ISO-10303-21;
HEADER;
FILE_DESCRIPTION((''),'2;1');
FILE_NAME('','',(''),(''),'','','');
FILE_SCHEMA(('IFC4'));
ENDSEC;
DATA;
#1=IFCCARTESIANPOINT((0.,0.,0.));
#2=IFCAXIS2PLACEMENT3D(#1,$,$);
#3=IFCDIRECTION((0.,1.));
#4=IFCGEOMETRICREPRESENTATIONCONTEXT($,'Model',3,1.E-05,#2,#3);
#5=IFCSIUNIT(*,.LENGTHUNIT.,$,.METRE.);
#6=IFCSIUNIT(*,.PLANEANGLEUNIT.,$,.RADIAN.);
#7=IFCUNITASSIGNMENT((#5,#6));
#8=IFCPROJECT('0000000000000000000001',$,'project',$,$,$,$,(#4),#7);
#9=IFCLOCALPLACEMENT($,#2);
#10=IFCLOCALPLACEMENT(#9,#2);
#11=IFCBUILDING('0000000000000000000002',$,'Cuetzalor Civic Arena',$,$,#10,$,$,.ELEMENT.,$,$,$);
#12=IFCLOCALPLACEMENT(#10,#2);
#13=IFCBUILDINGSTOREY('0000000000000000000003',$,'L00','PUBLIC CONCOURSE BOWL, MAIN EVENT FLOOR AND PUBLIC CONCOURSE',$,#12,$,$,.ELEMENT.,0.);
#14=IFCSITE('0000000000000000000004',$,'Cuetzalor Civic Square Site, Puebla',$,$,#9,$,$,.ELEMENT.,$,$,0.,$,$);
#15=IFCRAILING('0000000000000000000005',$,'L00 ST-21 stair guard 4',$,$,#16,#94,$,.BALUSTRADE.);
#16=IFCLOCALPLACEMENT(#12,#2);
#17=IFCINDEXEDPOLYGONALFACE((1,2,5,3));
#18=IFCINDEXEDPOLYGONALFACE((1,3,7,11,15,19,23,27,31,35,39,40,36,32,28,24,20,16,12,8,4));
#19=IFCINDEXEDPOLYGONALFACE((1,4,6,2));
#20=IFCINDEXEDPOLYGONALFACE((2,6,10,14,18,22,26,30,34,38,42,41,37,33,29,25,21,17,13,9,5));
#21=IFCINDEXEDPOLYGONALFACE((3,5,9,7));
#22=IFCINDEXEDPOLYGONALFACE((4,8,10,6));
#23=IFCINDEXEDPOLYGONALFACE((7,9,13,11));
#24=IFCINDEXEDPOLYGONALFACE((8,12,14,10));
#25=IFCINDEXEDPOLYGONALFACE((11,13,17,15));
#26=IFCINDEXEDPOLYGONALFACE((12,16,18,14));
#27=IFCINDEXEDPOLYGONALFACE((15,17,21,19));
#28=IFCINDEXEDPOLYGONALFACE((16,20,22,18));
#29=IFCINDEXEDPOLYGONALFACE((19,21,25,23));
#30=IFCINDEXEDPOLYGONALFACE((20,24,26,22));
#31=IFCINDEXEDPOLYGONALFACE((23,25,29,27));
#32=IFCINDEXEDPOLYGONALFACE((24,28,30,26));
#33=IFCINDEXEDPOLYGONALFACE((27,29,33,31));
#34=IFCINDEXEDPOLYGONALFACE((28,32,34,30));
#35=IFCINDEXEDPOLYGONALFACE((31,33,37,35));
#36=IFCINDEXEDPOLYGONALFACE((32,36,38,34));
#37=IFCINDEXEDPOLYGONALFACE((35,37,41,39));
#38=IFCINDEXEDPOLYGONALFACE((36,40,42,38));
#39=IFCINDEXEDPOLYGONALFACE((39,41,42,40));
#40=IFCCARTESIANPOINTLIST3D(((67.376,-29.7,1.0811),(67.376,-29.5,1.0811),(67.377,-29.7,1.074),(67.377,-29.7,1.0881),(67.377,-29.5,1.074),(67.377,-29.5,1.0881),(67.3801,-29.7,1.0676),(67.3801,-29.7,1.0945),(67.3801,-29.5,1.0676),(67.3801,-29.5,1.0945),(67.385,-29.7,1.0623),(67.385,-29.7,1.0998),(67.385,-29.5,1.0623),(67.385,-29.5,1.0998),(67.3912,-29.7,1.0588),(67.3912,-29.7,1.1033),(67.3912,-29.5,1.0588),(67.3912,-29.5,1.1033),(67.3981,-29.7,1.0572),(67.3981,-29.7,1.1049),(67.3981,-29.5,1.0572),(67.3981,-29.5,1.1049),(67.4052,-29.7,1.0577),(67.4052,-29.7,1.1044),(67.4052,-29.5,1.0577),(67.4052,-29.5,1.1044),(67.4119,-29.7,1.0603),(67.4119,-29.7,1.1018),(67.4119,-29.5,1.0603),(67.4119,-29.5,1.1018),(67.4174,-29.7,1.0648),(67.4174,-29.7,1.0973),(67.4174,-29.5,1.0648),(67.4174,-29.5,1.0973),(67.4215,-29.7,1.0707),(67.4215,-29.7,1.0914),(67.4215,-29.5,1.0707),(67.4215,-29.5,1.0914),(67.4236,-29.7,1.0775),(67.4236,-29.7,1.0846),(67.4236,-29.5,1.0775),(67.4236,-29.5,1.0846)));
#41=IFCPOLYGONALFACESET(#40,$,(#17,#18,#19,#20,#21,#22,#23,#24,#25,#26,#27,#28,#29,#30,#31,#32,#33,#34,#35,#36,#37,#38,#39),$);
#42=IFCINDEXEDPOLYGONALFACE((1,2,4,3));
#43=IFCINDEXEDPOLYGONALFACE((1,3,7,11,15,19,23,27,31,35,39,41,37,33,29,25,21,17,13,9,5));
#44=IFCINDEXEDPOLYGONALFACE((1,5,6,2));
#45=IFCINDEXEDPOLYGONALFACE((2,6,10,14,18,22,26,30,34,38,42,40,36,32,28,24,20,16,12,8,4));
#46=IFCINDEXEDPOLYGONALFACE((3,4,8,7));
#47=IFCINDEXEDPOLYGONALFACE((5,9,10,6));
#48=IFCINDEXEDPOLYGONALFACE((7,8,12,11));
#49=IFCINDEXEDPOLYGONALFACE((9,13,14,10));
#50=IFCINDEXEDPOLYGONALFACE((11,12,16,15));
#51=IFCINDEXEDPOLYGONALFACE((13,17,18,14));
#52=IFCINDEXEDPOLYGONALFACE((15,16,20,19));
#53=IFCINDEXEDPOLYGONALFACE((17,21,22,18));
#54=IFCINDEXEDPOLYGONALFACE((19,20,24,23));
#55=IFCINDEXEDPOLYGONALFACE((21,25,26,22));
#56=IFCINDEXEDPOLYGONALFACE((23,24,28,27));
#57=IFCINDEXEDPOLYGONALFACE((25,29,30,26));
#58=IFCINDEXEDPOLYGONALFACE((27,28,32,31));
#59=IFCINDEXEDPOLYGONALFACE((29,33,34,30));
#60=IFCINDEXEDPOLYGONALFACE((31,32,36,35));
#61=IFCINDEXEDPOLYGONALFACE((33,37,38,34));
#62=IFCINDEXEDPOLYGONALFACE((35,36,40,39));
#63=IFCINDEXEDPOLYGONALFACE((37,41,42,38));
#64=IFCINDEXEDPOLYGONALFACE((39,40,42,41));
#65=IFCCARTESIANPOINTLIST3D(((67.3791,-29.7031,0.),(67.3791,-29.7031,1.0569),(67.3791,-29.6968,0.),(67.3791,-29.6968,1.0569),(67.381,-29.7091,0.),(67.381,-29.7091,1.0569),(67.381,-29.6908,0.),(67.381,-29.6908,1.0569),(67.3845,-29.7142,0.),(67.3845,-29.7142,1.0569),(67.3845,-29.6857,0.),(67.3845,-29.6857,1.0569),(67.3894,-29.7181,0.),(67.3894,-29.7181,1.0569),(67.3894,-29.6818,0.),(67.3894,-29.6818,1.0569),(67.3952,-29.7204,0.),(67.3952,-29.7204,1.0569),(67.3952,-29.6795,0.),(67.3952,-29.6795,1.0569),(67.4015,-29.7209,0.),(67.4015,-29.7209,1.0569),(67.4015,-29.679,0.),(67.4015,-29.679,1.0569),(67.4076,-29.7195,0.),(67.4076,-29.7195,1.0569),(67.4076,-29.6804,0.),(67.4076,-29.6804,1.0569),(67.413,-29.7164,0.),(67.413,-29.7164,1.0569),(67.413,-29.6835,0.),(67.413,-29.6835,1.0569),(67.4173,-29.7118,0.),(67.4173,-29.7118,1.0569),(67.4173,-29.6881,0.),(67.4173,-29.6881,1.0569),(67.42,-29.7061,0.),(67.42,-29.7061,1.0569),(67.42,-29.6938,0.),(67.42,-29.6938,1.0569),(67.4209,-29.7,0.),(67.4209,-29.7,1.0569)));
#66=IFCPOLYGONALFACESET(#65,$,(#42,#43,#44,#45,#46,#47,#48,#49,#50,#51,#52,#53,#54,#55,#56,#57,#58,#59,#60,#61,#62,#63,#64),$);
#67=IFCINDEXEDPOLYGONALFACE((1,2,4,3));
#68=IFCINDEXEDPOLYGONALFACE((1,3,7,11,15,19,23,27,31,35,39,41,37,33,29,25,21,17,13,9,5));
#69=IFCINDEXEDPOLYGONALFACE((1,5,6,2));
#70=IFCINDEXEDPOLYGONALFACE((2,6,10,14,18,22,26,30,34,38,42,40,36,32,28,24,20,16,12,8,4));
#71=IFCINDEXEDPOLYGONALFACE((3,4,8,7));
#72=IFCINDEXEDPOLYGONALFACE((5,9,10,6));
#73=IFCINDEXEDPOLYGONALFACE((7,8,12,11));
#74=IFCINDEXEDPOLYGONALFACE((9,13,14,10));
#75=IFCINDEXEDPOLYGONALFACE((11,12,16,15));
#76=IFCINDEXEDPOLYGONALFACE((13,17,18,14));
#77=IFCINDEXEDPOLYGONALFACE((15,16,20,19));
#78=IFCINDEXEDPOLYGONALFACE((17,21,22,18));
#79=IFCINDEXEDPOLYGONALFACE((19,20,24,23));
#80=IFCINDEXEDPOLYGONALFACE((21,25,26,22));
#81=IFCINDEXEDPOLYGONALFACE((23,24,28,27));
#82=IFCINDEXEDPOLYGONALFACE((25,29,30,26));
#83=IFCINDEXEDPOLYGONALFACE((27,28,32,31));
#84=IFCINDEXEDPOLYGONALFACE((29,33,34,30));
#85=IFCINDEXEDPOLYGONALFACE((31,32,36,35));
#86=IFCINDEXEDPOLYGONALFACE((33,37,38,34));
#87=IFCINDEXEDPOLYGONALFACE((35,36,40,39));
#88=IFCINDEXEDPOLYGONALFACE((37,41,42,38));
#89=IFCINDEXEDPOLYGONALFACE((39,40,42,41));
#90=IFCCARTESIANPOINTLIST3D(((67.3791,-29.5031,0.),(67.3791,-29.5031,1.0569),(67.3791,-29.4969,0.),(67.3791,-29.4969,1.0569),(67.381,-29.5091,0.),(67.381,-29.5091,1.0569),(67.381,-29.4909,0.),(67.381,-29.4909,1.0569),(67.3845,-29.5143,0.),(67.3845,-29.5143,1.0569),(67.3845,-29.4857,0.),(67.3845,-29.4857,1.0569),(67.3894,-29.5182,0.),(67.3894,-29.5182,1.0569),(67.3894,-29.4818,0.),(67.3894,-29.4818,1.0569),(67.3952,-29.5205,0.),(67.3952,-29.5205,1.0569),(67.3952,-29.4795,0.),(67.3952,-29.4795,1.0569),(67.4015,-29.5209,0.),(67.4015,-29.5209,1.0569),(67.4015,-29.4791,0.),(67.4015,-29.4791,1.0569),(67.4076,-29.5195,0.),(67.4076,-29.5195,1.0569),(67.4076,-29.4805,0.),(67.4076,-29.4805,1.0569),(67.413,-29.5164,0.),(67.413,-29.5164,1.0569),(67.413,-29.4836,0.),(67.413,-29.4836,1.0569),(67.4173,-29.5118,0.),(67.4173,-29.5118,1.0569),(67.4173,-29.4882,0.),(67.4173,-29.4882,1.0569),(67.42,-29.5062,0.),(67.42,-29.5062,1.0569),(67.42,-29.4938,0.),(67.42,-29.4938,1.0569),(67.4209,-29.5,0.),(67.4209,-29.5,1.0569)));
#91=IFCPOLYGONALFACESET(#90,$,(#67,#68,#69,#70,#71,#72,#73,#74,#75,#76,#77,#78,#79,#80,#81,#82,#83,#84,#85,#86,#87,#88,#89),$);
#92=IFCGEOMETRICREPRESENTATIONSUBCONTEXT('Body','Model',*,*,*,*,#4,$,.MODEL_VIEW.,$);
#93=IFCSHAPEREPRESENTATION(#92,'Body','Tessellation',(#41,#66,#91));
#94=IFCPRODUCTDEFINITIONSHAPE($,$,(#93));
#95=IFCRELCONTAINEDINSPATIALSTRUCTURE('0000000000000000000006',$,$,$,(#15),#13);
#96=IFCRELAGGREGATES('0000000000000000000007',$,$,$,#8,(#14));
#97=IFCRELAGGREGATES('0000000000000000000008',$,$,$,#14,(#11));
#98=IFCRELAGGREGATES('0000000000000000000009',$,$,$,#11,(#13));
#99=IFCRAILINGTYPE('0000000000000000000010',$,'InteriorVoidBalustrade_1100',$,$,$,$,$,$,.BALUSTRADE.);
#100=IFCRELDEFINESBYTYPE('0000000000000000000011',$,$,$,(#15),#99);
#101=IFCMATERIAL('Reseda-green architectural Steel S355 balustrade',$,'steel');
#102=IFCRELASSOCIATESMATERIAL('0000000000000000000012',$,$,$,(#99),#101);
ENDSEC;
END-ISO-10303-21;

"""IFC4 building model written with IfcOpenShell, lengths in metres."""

from ifc_helpers import new_model, si_unit, direction, frame, origin, origin_2d, place, context, subcontext, project, spatial, circle, extrude, material, type_object, element, save


model = new_model("IFC4")

# Units and contexts
model_context = context("Model", 3, precision=1e-05, world=origin(), true_north=direction((0.0, 1.0)))
body_context = subcontext(model_context, "Body", "Model", "MODEL_VIEW")
ifc_project = project(units=[si_unit("LENGTHUNIT", "METRE"), si_unit("PLANEANGLEUNIT", "RADIAN")], contexts=[model_context])

# Site, building, storey
site_placement = place(None, origin())
site = spatial("IfcSite", under=ifc_project, at=site_placement, Name="Cuetzalor Civic Square Site, Puebla", CompositionType="ELEMENT", RefElevation=0.0)
building_placement = place(site_placement, origin())
building = spatial("IfcBuilding", under=site, at=building_placement, Name="Cuetzalor Civic Arena", CompositionType="ELEMENT")
storey_placement = place(building_placement, origin())
storey = spatial("IfcBuildingStorey", under=building, at=storey_placement, Name="L00", Description="PUBLIC CONCOURSE BOWL, MAIN EVENT FLOOR AND PUBLIC CONCOURSE", CompositionType="ELEMENT", Elevation=0.0)

# Railing
ifc_material_1 = material(Name="Reseda-green architectural Steel S355 balustrade", Category="steel")
railing_type_1 = type_object("IfcRailingType", Name="InteriorVoidBalustrade_1100", PredefinedType="BALUSTRADE", material=ifc_material_1)
railing_1_placement = place(storey_placement, frame((67.3999, -29.7, 0.0)))
element("IfcRailing", 1, at=railing_1_placement, inside=storey, type_object=railing_type_1, Name="L00 ST-21 stair guard 4", PredefinedType="BALUSTRADE", context=body_context, shape_type="SweptSolid", body=[
    extrude(circle(Radius=0.0239, at=origin_2d()), frame((0.0, 0.0, 1.0811), z_axis=(0.0, 1.0, 0.0), x_axis=(-1.0, 0.0, 0.0)), (0.0, 0.0, 1.0), 0.2),
    extrude(circle(Radius=0.021, at=origin_2d()), origin(), (0.0, 0.0, 1.0), 1.0569),
    extrude(circle(Radius=0.021, at=origin_2d()), frame((0.0, 0.2, 0.0)), (0.0, 0.0, 1.0), 1.0569),
])

save(model, "model.ifc")
